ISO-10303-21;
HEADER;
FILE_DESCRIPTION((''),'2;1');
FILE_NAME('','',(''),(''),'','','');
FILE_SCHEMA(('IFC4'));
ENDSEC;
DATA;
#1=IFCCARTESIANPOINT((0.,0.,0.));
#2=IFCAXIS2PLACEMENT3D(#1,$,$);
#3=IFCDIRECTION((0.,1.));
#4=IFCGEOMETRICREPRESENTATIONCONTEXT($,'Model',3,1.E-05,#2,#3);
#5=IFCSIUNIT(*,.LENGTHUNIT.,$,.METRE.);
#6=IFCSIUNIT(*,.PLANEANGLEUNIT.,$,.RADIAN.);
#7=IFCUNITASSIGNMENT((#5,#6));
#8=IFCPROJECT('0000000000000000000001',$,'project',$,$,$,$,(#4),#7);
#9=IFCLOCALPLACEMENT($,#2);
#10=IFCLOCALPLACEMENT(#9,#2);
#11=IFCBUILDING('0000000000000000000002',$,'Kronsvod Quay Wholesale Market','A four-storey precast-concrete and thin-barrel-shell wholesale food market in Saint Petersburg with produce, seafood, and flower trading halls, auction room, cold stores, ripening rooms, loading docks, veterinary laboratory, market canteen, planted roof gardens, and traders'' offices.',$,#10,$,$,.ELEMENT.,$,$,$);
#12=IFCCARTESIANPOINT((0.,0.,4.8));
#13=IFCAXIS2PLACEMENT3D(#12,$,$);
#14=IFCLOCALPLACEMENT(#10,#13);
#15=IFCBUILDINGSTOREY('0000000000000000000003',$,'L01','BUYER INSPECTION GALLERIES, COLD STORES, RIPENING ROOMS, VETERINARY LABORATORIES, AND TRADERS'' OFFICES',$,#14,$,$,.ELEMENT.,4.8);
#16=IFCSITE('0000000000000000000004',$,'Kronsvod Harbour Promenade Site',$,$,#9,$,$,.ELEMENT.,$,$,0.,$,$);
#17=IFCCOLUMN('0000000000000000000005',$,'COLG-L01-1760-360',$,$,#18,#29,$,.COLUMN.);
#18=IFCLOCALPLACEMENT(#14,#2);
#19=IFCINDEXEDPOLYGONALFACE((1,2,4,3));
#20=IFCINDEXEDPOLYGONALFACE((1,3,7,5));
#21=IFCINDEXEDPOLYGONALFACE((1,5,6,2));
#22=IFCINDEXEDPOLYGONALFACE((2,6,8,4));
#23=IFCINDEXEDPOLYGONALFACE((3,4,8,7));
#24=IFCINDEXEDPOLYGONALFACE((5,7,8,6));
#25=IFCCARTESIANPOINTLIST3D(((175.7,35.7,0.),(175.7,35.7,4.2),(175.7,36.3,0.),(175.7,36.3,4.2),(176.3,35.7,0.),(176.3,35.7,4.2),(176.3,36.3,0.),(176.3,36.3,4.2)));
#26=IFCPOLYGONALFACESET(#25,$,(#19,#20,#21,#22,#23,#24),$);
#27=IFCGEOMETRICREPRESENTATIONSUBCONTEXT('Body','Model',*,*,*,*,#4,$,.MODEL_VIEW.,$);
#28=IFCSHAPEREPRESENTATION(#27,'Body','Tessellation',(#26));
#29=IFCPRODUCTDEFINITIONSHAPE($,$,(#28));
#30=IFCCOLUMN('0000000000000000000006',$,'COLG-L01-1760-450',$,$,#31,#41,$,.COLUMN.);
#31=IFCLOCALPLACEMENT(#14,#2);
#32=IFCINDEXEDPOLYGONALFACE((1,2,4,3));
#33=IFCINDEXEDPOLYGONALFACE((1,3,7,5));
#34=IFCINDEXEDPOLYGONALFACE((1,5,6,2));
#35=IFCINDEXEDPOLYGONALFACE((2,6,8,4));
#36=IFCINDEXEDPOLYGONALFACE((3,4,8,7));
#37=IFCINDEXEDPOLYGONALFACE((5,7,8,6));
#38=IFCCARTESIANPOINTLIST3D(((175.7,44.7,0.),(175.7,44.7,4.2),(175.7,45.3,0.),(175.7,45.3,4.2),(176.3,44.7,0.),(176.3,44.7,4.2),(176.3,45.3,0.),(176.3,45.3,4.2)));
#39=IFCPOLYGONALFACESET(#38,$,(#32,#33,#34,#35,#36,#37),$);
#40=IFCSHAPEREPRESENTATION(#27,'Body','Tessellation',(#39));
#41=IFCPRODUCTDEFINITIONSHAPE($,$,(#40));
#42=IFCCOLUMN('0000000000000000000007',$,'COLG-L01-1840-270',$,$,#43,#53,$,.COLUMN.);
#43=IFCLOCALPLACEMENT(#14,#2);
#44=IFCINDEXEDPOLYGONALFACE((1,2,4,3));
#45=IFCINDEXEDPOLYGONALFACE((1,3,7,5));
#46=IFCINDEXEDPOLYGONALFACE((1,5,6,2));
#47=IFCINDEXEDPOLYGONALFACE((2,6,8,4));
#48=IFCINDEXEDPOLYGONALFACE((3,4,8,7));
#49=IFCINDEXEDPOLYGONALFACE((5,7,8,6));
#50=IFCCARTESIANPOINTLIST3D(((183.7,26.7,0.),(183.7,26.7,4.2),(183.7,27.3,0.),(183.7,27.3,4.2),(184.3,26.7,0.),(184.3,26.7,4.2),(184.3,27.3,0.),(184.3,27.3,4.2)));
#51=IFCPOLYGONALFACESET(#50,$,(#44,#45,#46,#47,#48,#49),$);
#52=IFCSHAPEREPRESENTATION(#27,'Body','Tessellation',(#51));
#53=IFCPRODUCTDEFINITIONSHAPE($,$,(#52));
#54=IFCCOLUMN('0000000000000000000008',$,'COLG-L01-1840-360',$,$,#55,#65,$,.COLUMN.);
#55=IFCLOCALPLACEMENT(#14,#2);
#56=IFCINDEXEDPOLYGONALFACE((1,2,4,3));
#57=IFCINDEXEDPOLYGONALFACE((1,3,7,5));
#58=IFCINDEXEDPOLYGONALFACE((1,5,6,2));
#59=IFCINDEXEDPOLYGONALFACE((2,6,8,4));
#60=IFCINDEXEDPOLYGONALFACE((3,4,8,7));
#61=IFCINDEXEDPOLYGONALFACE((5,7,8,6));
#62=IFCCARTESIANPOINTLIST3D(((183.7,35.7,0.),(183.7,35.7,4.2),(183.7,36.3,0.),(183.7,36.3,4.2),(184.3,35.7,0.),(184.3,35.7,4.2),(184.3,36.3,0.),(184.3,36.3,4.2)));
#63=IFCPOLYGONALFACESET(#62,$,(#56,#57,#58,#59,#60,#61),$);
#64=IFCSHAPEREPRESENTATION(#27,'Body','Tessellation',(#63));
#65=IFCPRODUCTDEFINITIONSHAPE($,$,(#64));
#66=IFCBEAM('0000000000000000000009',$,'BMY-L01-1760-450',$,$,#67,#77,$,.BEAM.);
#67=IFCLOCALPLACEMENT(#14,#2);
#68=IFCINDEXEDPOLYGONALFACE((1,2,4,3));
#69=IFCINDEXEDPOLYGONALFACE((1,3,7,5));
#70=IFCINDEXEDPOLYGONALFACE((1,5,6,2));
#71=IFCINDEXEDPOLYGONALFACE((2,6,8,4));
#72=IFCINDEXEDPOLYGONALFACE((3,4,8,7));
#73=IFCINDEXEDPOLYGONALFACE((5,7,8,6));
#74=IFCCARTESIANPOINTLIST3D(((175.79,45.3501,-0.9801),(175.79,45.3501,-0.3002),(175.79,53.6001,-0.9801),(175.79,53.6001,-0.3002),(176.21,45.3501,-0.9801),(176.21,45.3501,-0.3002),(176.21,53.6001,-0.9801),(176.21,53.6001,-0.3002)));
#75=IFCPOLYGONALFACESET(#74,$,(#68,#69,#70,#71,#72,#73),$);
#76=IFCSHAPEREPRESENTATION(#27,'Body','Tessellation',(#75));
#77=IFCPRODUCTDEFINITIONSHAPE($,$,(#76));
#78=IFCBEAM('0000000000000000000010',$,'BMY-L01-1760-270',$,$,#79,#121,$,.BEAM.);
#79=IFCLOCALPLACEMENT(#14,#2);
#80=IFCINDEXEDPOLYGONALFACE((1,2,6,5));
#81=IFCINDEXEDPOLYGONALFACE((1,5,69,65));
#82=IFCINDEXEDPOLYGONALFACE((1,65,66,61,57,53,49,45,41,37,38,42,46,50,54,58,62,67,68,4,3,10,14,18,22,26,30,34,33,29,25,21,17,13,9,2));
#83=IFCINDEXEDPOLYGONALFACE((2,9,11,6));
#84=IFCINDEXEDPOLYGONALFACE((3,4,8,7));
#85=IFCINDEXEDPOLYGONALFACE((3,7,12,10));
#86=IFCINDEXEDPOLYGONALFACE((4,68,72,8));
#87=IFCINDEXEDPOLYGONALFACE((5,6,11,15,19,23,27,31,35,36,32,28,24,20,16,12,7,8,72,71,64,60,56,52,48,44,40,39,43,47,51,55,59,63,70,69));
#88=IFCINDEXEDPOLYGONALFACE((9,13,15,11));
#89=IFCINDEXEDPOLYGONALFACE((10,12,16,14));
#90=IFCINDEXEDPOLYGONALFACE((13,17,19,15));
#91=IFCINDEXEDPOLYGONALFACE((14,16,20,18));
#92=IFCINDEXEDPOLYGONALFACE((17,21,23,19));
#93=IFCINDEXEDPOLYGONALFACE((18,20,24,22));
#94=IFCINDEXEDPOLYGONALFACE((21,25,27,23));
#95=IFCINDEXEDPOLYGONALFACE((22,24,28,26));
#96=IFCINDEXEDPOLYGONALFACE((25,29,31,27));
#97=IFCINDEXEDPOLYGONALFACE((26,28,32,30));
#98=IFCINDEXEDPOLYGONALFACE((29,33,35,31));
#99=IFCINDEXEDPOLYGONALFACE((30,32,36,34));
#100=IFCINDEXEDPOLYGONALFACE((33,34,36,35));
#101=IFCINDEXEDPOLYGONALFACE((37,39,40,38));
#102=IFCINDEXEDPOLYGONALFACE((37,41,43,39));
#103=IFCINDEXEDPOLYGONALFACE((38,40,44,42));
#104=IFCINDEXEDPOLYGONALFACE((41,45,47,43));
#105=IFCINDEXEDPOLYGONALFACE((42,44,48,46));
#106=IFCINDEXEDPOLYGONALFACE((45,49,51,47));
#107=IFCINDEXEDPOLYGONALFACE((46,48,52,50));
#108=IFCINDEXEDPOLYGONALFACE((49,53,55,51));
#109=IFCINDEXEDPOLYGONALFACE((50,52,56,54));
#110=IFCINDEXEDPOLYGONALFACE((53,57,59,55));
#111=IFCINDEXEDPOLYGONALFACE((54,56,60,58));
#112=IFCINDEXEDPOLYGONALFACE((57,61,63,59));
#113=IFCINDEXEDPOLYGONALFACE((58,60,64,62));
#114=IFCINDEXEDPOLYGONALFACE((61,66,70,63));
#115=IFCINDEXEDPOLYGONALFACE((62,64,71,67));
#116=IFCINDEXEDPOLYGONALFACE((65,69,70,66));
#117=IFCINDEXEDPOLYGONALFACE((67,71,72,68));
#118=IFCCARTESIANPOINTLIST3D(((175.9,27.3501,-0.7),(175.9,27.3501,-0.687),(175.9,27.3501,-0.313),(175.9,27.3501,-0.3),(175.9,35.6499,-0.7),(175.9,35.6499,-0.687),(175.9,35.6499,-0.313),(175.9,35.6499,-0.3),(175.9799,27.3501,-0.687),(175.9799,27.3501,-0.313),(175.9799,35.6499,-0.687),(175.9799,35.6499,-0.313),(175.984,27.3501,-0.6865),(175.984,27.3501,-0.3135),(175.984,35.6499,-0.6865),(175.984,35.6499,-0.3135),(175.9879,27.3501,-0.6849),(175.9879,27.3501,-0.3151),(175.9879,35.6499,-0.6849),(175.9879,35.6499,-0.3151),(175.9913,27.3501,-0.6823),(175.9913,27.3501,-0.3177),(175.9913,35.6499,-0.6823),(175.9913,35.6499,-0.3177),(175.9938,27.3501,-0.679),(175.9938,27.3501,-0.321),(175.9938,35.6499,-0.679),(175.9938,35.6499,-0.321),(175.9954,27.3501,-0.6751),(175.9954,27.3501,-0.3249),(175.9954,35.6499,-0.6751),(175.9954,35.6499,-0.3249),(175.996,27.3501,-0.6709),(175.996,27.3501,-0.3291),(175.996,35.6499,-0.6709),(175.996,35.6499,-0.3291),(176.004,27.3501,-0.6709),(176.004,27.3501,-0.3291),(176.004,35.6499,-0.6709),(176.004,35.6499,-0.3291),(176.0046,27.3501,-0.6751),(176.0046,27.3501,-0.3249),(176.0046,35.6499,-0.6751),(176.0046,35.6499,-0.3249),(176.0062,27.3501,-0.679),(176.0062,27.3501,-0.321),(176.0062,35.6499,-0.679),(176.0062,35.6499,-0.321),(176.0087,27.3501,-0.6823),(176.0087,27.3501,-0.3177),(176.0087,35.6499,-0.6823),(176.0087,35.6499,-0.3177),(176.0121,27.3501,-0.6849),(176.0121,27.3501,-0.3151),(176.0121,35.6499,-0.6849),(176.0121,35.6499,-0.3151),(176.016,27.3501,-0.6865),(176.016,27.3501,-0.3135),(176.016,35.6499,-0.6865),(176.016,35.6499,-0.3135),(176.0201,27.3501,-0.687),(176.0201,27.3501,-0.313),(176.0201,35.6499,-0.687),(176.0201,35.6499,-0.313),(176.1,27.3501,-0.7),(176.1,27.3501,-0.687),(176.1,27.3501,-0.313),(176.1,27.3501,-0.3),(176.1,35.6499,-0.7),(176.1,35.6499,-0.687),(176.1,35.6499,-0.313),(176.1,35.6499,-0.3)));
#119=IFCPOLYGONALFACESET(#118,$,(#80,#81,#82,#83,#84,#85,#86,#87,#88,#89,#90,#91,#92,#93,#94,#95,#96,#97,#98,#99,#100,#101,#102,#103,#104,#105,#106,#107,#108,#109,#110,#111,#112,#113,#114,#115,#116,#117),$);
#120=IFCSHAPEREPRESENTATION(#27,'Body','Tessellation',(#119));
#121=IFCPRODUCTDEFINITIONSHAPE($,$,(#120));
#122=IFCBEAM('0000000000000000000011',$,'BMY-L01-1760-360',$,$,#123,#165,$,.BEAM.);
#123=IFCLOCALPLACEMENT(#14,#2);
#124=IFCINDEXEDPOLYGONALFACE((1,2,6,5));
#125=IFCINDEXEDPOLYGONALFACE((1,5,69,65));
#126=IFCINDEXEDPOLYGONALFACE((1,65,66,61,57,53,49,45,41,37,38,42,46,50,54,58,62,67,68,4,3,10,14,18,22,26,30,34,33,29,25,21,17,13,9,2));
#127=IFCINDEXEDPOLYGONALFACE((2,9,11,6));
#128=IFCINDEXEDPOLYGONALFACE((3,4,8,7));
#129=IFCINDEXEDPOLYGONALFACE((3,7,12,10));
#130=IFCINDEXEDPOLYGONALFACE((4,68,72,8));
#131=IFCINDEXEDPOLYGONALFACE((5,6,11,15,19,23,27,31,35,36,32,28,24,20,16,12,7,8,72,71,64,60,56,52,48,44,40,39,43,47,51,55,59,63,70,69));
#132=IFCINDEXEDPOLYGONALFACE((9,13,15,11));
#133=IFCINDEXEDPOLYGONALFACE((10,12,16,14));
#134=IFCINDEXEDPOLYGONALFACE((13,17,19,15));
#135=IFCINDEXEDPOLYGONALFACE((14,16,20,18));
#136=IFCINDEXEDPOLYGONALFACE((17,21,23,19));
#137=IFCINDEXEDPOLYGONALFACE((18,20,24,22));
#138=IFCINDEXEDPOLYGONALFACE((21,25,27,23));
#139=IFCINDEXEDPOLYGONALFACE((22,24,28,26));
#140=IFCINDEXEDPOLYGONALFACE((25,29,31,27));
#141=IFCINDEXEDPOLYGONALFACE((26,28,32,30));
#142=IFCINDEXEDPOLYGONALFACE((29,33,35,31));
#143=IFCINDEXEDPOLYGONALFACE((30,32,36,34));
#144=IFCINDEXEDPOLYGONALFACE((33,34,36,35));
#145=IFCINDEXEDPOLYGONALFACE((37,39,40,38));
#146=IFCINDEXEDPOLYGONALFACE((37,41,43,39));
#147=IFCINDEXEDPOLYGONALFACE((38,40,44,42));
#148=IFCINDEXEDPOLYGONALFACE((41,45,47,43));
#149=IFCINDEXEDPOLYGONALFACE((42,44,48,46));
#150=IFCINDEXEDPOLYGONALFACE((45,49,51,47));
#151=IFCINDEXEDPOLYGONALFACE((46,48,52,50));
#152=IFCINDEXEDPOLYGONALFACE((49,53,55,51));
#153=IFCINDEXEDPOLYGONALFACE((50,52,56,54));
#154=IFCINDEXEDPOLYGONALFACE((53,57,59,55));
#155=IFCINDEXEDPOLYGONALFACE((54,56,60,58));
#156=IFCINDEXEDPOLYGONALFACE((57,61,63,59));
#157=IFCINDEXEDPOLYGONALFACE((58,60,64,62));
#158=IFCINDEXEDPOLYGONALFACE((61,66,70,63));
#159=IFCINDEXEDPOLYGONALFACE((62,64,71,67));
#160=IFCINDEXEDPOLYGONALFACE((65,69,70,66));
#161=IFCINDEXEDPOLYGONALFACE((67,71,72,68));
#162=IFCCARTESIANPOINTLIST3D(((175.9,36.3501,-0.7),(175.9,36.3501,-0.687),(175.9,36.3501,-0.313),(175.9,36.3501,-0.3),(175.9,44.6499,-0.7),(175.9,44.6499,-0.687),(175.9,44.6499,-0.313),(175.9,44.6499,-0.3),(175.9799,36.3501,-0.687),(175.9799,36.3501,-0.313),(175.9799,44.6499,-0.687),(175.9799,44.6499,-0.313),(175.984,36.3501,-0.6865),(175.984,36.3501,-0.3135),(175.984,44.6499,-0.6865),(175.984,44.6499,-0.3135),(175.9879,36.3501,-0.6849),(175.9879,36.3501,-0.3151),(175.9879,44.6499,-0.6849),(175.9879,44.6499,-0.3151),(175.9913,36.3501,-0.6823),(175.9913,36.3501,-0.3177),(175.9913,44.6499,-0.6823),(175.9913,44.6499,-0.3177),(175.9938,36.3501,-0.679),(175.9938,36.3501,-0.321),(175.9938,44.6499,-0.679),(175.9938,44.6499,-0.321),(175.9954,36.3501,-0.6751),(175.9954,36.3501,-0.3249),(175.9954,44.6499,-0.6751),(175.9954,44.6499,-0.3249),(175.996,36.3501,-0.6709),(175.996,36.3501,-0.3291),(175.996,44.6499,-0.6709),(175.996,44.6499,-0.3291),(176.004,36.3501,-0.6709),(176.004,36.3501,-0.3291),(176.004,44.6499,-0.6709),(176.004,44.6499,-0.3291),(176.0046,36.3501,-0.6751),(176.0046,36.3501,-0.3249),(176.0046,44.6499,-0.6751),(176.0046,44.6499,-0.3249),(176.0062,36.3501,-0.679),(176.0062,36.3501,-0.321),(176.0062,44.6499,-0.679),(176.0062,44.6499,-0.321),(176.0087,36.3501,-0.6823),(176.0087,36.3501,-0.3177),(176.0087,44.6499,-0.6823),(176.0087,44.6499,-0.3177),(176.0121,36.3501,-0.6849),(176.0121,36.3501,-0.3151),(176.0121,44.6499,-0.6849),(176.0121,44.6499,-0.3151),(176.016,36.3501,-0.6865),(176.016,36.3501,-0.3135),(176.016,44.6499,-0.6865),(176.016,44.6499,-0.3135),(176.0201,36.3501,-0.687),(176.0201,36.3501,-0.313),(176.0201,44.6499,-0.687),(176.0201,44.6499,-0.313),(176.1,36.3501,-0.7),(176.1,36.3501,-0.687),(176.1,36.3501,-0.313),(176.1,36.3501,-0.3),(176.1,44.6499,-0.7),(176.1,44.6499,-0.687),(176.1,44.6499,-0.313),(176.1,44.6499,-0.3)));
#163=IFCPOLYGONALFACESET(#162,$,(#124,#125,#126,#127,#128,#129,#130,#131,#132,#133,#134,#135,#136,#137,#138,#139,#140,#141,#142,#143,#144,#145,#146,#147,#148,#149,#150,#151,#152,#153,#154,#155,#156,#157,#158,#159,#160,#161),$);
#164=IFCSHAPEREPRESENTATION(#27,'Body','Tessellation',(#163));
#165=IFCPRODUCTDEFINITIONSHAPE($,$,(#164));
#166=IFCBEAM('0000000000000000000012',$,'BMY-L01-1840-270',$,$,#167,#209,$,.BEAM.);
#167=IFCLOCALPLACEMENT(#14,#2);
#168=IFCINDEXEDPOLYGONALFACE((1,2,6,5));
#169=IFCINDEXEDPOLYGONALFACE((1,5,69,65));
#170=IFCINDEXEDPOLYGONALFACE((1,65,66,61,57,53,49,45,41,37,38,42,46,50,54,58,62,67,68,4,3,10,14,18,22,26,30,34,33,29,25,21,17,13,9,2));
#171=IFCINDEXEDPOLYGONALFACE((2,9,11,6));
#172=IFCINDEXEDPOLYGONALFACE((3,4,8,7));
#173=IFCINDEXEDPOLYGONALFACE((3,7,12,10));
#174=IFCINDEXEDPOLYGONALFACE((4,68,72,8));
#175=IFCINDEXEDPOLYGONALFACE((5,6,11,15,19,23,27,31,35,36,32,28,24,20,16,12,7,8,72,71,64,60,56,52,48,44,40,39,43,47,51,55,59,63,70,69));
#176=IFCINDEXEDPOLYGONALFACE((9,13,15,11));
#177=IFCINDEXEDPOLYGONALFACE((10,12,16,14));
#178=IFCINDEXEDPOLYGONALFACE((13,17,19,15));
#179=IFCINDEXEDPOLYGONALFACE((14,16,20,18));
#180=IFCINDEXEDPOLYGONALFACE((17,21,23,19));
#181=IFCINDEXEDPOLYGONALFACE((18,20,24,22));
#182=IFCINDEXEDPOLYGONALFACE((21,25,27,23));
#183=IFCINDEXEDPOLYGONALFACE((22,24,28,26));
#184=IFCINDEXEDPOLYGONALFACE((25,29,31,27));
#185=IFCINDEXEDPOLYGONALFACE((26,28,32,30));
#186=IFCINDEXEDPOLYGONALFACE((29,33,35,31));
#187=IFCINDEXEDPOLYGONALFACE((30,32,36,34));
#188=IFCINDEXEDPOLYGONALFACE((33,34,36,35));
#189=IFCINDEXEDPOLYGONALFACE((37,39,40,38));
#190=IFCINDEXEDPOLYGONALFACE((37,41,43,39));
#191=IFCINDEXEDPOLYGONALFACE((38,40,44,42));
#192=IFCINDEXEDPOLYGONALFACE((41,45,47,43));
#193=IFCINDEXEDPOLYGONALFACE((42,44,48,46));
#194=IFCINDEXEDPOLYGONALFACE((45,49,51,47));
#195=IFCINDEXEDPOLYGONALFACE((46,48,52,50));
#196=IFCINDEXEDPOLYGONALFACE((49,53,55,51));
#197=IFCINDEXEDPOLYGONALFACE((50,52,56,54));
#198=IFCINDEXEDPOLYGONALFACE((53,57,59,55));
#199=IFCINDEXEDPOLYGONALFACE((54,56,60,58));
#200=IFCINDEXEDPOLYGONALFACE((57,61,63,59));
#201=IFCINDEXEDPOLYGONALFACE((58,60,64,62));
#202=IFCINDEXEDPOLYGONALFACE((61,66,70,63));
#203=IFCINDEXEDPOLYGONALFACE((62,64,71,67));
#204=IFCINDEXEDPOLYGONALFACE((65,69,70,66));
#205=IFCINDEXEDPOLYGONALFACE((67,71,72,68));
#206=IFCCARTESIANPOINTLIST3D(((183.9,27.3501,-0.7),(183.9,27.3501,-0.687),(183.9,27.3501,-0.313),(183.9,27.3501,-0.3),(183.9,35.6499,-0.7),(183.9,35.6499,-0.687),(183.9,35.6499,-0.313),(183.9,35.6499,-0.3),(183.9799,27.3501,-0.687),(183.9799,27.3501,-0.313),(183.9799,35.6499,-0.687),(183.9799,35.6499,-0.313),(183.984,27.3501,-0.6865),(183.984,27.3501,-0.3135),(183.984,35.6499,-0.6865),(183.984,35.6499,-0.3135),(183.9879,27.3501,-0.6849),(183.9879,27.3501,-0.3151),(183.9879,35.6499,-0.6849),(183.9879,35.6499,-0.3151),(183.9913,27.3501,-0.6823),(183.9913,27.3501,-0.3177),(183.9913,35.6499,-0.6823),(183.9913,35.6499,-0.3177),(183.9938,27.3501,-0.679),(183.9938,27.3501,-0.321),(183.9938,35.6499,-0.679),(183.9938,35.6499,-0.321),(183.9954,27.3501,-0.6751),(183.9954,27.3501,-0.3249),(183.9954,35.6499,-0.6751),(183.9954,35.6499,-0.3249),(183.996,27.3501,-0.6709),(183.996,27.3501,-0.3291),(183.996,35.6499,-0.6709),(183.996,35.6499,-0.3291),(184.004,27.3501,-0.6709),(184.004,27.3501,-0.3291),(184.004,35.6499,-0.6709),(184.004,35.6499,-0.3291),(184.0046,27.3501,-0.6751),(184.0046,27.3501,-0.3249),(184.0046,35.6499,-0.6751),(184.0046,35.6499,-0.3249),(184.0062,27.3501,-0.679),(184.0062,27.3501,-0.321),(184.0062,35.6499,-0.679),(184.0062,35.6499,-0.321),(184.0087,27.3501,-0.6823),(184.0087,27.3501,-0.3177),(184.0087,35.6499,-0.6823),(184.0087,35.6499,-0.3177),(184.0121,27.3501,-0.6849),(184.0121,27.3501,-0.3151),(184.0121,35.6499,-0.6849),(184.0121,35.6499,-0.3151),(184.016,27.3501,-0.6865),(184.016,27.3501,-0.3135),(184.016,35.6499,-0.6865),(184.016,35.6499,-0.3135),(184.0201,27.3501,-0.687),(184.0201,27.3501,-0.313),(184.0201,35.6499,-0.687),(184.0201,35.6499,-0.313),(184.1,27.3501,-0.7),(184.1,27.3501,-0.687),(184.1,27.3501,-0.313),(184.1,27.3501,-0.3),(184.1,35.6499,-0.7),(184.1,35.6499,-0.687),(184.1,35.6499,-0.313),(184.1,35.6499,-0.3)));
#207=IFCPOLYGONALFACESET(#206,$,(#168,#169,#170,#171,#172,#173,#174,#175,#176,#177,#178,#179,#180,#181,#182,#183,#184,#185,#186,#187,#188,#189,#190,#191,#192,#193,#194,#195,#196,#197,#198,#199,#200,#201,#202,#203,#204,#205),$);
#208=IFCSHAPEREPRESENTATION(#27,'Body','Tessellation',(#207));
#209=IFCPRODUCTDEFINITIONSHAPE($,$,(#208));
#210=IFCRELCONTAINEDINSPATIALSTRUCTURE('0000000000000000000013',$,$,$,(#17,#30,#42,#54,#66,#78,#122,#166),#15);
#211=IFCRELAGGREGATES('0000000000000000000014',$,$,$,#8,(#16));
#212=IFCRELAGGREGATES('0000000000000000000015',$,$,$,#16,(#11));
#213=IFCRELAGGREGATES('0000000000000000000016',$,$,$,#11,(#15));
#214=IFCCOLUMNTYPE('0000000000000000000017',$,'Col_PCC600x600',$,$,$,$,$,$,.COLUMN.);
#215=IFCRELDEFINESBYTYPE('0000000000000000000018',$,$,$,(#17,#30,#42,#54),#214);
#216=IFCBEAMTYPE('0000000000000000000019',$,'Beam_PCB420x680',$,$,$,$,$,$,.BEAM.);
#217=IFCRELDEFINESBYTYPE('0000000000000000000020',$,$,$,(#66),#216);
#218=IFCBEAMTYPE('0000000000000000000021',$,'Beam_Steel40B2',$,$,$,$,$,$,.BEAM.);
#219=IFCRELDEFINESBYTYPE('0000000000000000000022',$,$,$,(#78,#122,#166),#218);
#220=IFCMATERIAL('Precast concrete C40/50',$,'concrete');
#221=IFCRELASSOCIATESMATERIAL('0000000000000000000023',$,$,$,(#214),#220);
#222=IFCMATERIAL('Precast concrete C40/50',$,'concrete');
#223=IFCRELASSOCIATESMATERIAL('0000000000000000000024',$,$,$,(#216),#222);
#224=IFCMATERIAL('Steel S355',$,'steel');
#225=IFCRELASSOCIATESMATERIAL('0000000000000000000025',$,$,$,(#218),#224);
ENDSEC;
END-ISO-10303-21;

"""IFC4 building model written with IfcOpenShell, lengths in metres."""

from ifc_helpers import new_model, si_unit, direction, frame, origin, origin_2d, place, context, subcontext, project, spatial, rectangle, i_section, extrude, material, material_profile, profile_set, type_object, element, save


model = new_model("IFC4")

# Units and contexts
model_context = context("Model", 3, precision=1e-05, world=origin(), true_north=direction((0.0, 1.0)))
body_context = subcontext(model_context, "Body", "Model", "MODEL_VIEW")
ifc_project = project(units=[si_unit("LENGTHUNIT", "METRE"), si_unit("PLANEANGLEUNIT", "RADIAN")], contexts=[model_context])

# Site, building, storey
site_placement = place(None, origin())
site = spatial("IfcSite", under=ifc_project, at=site_placement, Name="Kronsvod Harbour Promenade Site", CompositionType="ELEMENT", RefElevation=0.0)
building_placement = place(site_placement, origin())
building = spatial("IfcBuilding", under=site, at=building_placement, Name="Kronsvod Quay Wholesale Market", Description="A four-storey precast-concrete and thin-barrel-shell wholesale food market in Saint Petersburg with produce, seafood, and flower trading halls, auction room, cold stores, ripening rooms, loading docks, veterinary laboratory, market canteen, planted roof gardens, and traders' offices.", CompositionType="ELEMENT")
storey_placement = place(building_placement, frame((0.0, 0.0, 4.8)))
storey = spatial("IfcBuildingStorey", under=building, at=storey_placement, Name="L01", Description="BUYER INSPECTION GALLERIES, COLD STORES, RIPENING ROOMS, VETERINARY LABORATORIES, AND TRADERS' OFFICES", CompositionType="ELEMENT", Elevation=4.8)

# Columns
ifc_material_1 = material(Name="Precast concrete C40/50", Category="concrete")
ifc_material_profile_1 = material_profile(ifc_material_1, rectangle(XDim=0.6001, YDim=0.6001, at=origin_2d()), Name="PCC600x600")
ifc_profile_set_1 = profile_set([ifc_material_profile_1], Name="Precast concrete C40/50")
column_type = type_object("IfcColumnType", Name="Col_PCC600x600", PredefinedType="COLUMN", material=ifc_profile_set_1)
for number, where, z_axis, x_axis, name in (
    (1, (176.0, 36.0, 0.0), (0.0, 0.0, 1.0), (1.0, 0.0, 0.0), "COLG-L01-1760-360"),
    (2, (176.0, 45.0, 0.0), (0.0, 0.0, 1.0), (1.0, 0.0, 0.0), "COLG-L01-1760-450"),
    (3, (184.0, 27.0, 0.0), (0.0, 0.0, 1.0), (1.0, 0.0, 0.0), "COLG-L01-1840-270"),
    (4, (184.0, 36.0, 0.0), (0.0, 0.0, 1.0), (1.0, 0.0, 0.0), "COLG-L01-1840-360"),
):
    element("IfcColumn", number, at=place(storey_placement, frame(where, z_axis=z_axis, x_axis=x_axis)), inside=storey, type_object=column_type, Name=name, PredefinedType="COLUMN", context=body_context, shape_type="SweptSolid", body=[
        extrude(rectangle(XDim=0.6001, YDim=0.6001, at=origin_2d()), origin(), (0.0, 0.0, 1.0), 4.2),
    ])

# Beams
ifc_material_2 = material(Name="Precast concrete C40/50", Category="concrete")
ifc_material_profile_2 = material_profile(ifc_material_2, rectangle(XDim=0.4199, YDim=0.6799, at=origin_2d()), Name="PB-05")
ifc_profile_set_2 = profile_set([ifc_material_profile_2], Name="Precast concrete C40/50")
beam_type_1 = type_object("IfcBeamType", Name="Beam_PCB420x680", PredefinedType="BEAM", material=ifc_profile_set_2)
beam_placement = place(storey_placement, frame((176.0, 45.3501, -0.6401), z_axis=(0.0, 1.0, 0.0), x_axis=(-1.0, 0.0, 0.0)))
element("IfcBeam", 5, at=beam_placement, inside=storey, type_object=beam_type_1, Name="BMY-L01-1760-450", PredefinedType="BEAM", context=body_context, shape_type="SweptSolid", body=[
    extrude(rectangle(XDim=0.4199, YDim=0.6799, at=origin_2d()), origin(), (0.0, 0.0, 1.0), 8.25),
])
ifc_material_3 = material(Name="Steel S355", Category="steel")
ifc_material_profile_3 = material_profile(ifc_material_3, i_section(OverallWidth=0.2, OverallDepth=0.3999, WebThickness=0.0081, FlangeThickness=0.0129, FilletRadius=0.0161, at=origin_2d()), Name="40B2")
ifc_profile_set_3 = profile_set([ifc_material_profile_3], Name="Steel S355")
beam_type_2 = type_object("IfcBeamType", Name="Beam_Steel40B2", PredefinedType="BEAM", material=ifc_profile_set_3)
for number, where, z_axis, x_axis, name in (
    (6, (176.0, 27.3501, -0.5), (0.0, 1.0, 0.0), (-1.0, 0.0, 0.0), "BMY-L01-1760-270"),
    (7, (176.0, 36.3501, -0.5), (0.0, 1.0, 0.0), (-1.0, 0.0, 0.0), "BMY-L01-1760-360"),
    (8, (184.0, 27.3501, -0.5), (0.0, 1.0, 0.0), (-1.0, 0.0, 0.0), "BMY-L01-1840-270"),
):
    element("IfcBeam", number, at=place(storey_placement, frame(where, z_axis=z_axis, x_axis=x_axis)), inside=storey, type_object=beam_type_2, Name=name, PredefinedType="BEAM", context=body_context, shape_type="SweptSolid", body=[
        extrude(i_section(OverallWidth=0.2, OverallDepth=0.3999, WebThickness=0.0081, FlangeThickness=0.0129, FilletRadius=0.0161, at=origin_2d()), origin(), (0.0, 0.0, 1.0), 8.2998),
    ])

save(model, "model.ifc")
